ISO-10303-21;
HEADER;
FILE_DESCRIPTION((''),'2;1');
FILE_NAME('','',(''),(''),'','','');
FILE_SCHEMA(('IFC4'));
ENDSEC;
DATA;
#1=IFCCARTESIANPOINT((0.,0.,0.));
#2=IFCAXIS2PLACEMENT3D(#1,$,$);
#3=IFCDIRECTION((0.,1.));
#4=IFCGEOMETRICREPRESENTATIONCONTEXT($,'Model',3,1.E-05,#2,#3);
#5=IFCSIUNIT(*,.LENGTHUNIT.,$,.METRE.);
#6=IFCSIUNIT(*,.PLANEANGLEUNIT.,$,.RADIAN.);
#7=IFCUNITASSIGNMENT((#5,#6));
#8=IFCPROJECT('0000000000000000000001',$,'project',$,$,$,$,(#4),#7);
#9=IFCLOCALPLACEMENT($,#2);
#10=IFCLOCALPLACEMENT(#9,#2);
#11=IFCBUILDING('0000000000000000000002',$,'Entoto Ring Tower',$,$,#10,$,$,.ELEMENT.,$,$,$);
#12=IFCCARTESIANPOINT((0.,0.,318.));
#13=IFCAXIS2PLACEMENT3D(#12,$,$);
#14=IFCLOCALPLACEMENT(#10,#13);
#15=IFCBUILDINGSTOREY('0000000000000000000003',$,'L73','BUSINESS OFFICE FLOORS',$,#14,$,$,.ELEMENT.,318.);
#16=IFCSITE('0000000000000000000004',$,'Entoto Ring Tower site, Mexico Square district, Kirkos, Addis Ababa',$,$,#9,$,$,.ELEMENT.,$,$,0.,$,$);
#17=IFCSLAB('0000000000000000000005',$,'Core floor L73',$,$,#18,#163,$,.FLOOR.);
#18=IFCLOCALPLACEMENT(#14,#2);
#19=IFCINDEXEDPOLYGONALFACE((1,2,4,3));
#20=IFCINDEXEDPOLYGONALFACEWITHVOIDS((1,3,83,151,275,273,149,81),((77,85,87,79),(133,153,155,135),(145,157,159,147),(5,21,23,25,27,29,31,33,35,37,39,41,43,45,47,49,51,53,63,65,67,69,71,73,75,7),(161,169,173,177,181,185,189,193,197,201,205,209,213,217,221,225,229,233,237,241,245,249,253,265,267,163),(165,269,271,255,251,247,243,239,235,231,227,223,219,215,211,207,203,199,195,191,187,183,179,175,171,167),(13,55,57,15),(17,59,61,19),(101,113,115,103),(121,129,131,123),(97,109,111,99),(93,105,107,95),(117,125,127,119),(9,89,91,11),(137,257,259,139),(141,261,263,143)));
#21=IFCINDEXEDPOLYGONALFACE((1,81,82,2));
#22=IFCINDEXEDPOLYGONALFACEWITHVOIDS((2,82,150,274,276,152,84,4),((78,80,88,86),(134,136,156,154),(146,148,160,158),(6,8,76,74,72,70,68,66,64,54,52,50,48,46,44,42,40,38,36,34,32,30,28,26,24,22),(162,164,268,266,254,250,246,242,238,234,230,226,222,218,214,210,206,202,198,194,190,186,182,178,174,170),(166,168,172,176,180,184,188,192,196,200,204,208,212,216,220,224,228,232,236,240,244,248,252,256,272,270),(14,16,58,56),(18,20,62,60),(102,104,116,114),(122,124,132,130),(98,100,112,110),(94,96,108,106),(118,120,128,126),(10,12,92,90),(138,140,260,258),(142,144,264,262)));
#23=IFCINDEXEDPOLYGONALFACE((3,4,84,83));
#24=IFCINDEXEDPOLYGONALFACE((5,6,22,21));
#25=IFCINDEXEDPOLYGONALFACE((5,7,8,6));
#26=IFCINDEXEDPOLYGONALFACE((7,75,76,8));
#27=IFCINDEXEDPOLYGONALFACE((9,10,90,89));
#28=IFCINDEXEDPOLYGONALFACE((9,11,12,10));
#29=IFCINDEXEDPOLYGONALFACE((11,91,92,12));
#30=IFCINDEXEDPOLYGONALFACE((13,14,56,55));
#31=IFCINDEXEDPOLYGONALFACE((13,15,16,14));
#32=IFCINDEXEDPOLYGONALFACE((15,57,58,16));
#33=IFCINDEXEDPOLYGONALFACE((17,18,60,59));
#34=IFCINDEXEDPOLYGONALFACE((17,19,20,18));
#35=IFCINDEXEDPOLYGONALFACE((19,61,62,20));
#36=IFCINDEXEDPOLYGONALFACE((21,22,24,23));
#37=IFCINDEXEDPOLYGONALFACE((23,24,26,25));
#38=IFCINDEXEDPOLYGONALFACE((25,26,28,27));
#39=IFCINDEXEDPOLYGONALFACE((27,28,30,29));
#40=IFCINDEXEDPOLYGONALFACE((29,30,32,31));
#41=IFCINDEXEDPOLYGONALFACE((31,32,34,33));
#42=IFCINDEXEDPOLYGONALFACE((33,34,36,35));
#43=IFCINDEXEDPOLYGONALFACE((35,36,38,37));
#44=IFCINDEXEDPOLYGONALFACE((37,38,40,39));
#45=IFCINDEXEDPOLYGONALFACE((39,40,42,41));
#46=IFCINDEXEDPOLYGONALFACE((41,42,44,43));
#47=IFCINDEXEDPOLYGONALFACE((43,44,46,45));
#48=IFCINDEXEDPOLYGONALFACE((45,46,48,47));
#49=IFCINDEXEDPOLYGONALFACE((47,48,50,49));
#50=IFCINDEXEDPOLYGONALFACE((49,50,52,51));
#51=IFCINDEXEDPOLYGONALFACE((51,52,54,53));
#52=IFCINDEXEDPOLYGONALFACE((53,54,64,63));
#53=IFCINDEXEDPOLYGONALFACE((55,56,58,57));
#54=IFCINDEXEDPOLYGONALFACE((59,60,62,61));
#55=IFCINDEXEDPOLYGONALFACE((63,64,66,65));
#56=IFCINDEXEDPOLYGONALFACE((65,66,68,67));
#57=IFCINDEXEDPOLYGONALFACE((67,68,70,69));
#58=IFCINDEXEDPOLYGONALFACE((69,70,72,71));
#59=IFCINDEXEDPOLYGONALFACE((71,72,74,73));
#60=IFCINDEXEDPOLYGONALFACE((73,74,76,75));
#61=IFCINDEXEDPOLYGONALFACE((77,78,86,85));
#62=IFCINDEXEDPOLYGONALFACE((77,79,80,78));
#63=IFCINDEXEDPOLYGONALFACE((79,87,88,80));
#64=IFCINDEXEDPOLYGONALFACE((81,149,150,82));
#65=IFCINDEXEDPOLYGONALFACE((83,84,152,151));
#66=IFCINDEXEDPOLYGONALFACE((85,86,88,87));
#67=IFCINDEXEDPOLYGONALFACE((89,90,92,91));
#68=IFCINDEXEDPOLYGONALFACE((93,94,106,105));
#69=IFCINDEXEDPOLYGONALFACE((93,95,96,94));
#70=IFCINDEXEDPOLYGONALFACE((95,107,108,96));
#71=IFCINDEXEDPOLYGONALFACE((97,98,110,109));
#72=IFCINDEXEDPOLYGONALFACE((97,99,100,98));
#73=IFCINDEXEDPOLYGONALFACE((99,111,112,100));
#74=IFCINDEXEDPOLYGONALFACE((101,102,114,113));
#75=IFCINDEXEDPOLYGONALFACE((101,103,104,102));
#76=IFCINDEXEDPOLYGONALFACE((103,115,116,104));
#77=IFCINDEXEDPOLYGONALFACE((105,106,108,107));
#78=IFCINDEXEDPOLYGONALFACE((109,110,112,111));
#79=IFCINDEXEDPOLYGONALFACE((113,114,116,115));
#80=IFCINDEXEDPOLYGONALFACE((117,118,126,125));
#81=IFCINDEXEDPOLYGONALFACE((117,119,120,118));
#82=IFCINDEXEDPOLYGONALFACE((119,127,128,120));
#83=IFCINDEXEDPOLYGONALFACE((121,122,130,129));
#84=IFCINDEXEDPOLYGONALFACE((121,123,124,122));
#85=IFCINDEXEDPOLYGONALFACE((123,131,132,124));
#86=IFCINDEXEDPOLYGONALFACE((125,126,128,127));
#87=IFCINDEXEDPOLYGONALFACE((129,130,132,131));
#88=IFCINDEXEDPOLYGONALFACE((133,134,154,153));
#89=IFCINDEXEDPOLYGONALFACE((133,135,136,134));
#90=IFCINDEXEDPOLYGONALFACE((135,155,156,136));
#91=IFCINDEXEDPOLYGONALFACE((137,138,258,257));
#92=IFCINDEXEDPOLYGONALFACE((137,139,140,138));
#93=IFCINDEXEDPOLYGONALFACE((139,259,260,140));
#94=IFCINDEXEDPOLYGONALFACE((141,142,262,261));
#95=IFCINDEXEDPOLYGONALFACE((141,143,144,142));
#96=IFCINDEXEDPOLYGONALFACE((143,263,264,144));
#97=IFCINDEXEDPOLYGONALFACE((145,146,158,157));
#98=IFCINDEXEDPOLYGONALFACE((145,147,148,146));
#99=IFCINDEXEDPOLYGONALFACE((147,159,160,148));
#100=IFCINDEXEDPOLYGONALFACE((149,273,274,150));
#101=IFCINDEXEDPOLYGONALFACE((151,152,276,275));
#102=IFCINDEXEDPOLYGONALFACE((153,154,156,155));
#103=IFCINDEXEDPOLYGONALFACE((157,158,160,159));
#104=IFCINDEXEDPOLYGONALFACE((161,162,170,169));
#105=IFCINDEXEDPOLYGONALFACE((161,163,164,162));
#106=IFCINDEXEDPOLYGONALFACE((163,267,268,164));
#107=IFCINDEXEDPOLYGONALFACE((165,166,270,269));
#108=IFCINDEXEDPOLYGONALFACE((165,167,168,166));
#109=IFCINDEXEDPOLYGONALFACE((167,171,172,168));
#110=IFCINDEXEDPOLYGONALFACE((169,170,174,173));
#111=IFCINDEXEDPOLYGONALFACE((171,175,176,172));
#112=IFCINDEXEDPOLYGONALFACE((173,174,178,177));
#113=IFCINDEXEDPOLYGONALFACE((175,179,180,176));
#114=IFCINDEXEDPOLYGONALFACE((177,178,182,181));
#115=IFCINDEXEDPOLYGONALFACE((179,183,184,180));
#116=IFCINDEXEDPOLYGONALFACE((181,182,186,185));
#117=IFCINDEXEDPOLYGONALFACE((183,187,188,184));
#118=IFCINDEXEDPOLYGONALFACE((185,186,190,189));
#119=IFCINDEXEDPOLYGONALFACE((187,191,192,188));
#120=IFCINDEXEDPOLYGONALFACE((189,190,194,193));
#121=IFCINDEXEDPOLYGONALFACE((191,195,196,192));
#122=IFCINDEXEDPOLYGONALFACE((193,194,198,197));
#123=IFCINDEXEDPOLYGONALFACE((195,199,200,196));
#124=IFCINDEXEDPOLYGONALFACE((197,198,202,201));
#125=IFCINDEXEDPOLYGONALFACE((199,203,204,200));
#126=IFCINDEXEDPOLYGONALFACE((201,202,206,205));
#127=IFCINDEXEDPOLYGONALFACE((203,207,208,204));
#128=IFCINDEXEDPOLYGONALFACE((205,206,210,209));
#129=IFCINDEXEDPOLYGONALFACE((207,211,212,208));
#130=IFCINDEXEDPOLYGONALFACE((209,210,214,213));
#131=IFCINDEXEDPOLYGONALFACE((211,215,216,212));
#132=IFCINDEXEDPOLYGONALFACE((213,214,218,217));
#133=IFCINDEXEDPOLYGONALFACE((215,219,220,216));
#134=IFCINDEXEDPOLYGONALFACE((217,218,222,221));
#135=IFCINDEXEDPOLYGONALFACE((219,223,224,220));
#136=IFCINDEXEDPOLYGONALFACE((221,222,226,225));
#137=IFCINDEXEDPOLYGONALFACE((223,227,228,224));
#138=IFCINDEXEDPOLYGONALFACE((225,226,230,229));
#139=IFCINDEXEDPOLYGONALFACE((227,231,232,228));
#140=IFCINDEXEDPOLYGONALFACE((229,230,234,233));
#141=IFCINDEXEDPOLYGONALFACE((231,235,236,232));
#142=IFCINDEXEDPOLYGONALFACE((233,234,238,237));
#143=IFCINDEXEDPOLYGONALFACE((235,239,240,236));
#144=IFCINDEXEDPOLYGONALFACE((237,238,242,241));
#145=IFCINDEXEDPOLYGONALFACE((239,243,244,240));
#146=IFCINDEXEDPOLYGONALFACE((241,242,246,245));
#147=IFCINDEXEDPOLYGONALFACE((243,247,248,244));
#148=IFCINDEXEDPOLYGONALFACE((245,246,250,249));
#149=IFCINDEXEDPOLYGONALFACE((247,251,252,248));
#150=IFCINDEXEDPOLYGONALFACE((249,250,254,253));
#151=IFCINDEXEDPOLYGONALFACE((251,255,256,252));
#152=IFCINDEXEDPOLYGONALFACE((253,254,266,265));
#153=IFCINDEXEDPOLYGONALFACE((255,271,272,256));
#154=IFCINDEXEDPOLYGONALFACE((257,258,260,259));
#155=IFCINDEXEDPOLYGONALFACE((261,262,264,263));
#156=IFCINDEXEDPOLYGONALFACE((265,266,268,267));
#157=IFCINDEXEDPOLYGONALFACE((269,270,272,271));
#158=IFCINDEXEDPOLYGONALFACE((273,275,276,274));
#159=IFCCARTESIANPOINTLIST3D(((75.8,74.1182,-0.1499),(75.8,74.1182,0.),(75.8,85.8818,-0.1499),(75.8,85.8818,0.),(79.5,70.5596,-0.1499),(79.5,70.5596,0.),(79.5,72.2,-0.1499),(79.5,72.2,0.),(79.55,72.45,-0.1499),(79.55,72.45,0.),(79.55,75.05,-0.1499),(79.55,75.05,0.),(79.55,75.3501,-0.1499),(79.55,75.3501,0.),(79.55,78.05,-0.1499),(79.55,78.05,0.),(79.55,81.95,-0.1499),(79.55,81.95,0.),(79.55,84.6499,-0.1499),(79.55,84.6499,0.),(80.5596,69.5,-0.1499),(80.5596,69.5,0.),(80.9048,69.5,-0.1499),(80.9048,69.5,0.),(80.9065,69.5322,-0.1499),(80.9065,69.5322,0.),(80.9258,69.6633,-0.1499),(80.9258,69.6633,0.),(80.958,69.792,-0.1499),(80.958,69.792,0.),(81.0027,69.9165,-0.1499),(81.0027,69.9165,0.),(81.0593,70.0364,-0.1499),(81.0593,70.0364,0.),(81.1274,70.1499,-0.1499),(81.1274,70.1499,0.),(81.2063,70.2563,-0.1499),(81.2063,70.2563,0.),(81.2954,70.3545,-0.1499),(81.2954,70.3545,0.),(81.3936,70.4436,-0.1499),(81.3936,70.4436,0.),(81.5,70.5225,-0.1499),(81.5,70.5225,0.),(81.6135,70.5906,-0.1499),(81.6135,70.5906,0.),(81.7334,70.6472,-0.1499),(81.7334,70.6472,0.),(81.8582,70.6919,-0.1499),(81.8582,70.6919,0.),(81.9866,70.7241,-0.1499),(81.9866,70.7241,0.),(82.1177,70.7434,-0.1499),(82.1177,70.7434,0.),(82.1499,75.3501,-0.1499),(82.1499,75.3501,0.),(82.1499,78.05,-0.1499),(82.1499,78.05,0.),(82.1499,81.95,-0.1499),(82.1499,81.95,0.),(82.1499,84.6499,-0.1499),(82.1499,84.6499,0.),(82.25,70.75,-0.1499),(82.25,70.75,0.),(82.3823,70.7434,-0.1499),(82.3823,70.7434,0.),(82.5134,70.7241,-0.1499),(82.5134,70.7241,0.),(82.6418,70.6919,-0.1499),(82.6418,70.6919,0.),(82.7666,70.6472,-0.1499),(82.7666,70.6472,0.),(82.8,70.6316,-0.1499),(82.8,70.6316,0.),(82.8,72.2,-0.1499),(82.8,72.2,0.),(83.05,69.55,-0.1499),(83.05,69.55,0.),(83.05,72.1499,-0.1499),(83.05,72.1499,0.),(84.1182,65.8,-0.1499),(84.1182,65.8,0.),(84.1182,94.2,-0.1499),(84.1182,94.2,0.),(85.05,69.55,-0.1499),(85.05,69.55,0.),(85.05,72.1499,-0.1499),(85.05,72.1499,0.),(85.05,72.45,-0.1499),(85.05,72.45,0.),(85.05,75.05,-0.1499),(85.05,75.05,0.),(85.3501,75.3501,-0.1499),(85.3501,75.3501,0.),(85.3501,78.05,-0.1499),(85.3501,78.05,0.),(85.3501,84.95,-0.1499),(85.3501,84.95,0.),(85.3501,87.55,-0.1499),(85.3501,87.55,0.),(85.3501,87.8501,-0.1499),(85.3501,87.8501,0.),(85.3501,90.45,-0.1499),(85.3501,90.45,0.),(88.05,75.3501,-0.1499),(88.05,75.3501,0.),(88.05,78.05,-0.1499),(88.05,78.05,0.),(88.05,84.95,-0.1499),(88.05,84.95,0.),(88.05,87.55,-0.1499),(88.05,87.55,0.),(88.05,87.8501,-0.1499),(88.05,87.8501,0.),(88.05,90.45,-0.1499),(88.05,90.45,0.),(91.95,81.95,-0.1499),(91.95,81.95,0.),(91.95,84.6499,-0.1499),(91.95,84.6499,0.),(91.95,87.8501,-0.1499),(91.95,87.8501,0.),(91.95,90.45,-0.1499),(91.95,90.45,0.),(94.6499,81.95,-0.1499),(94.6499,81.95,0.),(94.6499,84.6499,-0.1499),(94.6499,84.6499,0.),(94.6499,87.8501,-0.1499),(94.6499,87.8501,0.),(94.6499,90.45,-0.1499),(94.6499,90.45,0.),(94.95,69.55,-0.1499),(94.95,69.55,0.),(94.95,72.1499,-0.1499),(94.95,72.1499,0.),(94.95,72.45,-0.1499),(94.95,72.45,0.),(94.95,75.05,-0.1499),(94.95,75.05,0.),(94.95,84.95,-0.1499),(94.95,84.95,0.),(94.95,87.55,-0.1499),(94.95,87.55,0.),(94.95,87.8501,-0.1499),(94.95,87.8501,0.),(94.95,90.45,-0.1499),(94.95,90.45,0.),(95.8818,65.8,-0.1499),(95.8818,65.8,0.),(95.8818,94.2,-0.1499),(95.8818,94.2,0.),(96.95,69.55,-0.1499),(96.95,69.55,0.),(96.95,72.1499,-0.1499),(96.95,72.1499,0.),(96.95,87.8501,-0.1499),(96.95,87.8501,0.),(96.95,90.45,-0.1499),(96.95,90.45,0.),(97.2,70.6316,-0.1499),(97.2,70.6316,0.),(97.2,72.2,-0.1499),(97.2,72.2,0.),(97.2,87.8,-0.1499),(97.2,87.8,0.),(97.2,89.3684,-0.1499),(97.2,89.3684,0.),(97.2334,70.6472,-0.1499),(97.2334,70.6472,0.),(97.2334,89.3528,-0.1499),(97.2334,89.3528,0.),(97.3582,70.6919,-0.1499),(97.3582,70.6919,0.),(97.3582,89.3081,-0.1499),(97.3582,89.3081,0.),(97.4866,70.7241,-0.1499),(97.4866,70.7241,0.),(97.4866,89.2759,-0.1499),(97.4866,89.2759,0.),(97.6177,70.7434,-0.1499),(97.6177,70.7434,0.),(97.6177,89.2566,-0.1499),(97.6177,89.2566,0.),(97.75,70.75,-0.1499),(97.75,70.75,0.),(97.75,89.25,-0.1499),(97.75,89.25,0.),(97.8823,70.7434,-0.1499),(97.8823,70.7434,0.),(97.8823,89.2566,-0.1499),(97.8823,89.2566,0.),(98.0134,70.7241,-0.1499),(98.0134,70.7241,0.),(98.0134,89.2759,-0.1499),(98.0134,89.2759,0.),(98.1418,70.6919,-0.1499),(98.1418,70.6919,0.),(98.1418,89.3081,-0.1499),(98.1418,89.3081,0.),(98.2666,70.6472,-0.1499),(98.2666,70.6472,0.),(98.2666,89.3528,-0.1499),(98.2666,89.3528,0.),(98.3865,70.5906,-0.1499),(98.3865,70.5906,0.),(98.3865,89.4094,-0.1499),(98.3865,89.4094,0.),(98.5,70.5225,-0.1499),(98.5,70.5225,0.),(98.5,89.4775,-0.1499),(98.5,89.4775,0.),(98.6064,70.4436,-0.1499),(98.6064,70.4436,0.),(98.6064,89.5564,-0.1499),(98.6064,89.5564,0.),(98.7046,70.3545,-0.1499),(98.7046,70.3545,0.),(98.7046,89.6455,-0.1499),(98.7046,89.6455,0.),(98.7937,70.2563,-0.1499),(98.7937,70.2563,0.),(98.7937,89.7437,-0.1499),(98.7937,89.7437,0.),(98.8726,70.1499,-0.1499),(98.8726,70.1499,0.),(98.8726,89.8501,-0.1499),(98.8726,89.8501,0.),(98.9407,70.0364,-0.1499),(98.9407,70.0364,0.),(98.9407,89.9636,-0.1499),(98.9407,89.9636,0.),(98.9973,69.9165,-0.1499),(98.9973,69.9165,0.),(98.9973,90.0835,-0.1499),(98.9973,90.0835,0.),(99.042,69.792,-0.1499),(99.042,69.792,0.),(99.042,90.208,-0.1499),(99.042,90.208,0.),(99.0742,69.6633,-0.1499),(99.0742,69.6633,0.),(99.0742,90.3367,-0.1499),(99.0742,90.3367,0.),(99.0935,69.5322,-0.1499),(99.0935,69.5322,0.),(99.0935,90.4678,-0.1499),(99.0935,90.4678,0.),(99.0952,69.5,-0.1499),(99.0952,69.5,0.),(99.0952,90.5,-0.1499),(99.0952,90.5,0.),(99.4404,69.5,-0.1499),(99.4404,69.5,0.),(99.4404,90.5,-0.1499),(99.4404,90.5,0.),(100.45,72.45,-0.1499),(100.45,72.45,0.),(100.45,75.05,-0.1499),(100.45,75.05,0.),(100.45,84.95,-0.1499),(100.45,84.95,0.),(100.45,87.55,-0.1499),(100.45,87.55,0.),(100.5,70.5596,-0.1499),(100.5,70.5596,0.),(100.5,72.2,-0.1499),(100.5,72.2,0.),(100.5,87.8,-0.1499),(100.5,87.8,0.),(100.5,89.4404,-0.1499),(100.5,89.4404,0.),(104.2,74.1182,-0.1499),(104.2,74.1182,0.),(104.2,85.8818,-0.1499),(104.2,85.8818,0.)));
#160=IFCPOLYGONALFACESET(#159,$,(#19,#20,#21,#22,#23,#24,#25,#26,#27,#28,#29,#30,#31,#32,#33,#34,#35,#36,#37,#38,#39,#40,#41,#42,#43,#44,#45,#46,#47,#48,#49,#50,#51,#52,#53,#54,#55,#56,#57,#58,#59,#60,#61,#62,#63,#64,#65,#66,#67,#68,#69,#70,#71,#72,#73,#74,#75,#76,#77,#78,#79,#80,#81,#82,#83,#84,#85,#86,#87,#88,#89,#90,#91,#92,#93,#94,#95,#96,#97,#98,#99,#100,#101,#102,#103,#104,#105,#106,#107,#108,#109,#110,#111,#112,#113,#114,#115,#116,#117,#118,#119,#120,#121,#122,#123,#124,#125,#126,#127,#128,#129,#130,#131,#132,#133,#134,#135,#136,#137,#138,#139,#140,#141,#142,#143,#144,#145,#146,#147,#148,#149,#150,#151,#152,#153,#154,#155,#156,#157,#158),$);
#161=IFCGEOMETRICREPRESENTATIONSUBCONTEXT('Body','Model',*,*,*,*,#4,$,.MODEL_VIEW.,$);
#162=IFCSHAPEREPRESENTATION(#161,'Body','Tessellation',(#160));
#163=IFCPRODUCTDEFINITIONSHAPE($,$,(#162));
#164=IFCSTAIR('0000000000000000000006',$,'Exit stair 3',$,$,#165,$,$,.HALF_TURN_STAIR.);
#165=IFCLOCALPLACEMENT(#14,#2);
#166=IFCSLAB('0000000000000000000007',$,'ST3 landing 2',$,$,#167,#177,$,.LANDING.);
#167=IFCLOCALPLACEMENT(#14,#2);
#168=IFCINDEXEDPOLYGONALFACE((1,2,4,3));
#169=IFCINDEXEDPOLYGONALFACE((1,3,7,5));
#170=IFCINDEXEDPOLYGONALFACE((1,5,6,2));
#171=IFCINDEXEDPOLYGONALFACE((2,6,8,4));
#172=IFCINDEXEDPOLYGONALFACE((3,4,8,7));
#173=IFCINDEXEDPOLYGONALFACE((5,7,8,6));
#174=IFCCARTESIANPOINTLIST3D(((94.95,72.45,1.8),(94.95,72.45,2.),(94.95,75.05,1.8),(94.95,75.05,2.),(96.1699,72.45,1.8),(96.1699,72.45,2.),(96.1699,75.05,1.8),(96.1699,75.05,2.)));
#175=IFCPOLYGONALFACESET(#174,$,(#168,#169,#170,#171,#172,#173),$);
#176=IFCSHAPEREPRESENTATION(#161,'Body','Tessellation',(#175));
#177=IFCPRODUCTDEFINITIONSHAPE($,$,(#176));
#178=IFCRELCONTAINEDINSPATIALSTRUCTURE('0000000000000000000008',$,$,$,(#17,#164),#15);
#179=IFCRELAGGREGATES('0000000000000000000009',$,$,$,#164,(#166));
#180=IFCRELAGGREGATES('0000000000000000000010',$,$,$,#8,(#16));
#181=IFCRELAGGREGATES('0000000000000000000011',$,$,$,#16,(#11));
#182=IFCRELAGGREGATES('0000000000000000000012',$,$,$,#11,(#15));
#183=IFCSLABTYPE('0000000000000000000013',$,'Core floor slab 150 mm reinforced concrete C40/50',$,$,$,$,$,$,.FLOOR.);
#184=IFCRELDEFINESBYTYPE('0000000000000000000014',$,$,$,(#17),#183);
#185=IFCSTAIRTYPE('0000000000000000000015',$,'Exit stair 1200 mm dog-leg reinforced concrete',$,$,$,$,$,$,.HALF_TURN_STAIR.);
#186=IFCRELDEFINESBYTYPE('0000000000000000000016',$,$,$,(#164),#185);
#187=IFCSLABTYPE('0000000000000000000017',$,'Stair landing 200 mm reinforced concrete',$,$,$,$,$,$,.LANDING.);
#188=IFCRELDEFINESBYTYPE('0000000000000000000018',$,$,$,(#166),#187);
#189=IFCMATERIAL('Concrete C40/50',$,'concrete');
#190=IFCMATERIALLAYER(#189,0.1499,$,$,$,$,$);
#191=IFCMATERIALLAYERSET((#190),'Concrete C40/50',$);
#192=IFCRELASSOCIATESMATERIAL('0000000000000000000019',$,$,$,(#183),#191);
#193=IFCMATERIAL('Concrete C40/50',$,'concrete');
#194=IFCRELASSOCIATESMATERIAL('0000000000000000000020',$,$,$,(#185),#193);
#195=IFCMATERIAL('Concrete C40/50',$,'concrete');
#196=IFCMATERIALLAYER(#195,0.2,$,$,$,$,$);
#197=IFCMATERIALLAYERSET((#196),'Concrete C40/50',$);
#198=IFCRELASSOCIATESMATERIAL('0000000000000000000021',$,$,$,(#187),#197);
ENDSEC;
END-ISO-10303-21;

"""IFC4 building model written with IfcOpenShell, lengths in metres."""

from ifc_helpers import new_model, si_unit, direction, frame, origin, place, context, subcontext, project, spatial, polyline, outline, extrude, material, layer, layer_set, type_object, element, aggregate, save


model = new_model("IFC4")

# Units and contexts
model_context = context("Model", 3, precision=1e-05, world=origin(), true_north=direction((0.0, 1.0)))
body_context = subcontext(model_context, "Body", "Model", "MODEL_VIEW")
ifc_project = project(units=[si_unit("LENGTHUNIT", "METRE"), si_unit("PLANEANGLEUNIT", "RADIAN")], contexts=[model_context])

# Site, building, storey
site_placement = place(None, origin())
site = spatial("IfcSite", under=ifc_project, at=site_placement, Name="Entoto Ring Tower site, Mexico Square district, Kirkos, Addis Ababa", CompositionType="ELEMENT", RefElevation=0.0)
building_placement = place(site_placement, origin())
building = spatial("IfcBuilding", under=site, at=building_placement, Name="Entoto Ring Tower", CompositionType="ELEMENT")
storey_placement = place(building_placement, frame((0.0, 0.0, 318.0)))
storey = spatial("IfcBuildingStorey", under=building, at=storey_placement, Name="L73", Description="BUSINESS OFFICE FLOORS", CompositionType="ELEMENT", Elevation=318.0)

# Slab
ifc_material_1 = material(Name="Concrete C40/50", Category="concrete")
ifc_layer_1 = layer(ifc_material_1, 0.1499)
ifc_layer_set_1 = layer_set([ifc_layer_1], Name="Concrete C40/50")
slab_type_1 = type_object("IfcSlabType", Name="Core floor slab 150 mm reinforced concrete C40/50", PredefinedType="FLOOR", material=ifc_layer_set_1)
slab_1_placement = place(storey_placement, frame((0.0, 0.0, -0.1499)))
element("IfcSlab", 1, at=slab_1_placement, inside=storey, type_object=slab_type_1, Name="Core floor L73", PredefinedType="FLOOR", context=body_context, shape_type="SweptSolid", body=[
    extrude(outline(polyline([(104.2, 74.1182), (104.2, 85.8818), (95.8818, 94.2), (84.1182, 94.2), (75.8, 85.8818), (75.8, 74.1182), (84.1182, 65.8), (95.8818, 65.8), (104.2, 74.1182)]), holes=[polyline([(100.45, 84.95), (100.45, 87.55), (94.95, 87.55), (94.95, 84.95), (100.45, 84.95)]), polyline([(85.05, 72.45), (85.05, 75.05), (79.55, 75.05), (79.55, 72.45), (85.05, 72.45)]), polyline([(100.45, 72.45), (100.45, 75.05), (94.95, 75.05), (94.95, 72.45), (100.45, 72.45)]), polyline([(94.95, 90.45), (94.95, 87.8501), (96.95, 87.8501), (96.95, 90.45), (94.95, 90.45)]), polyline([(94.95, 72.1499), (94.95, 69.55), (96.95, 69.55), (96.95, 72.1499), (94.95, 72.1499)]), polyline([(83.05, 72.1499), (83.05, 69.55), (85.05, 69.55), (85.05, 72.1499), (83.05, 72.1499)]), polyline([(79.55, 81.95), (82.1499, 81.95), (82.1499, 84.6499), (79.55, 84.6499), (79.55, 81.95)]), polyline([(79.55, 75.3501), (82.1499, 75.3501), (82.1499, 78.05), (79.55, 78.05), (79.55, 75.3501)]), polyline([(91.95, 87.8501), (94.6499, 87.8501), (94.6499, 90.45), (91.95, 90.45), (91.95, 87.8501)]), polyline([(91.95, 81.95), (94.6499, 81.95), (94.6499, 84.6499), (91.95, 84.6499), (91.95, 81.95)]), polyline([(85.3501, 75.3501), (88.05, 75.3501), (88.05, 78.05), (85.3501, 78.05), (85.3501, 75.3501)]), polyline([(85.3501, 84.95), (88.05, 84.95), (88.05, 87.55), (85.3501, 87.55), (85.3501, 84.95)]), polyline([(85.3501, 87.8501), (88.05, 87.8501), (88.05, 90.45), (85.3501, 90.45), (85.3501, 87.8501)]), polyline([(97.2, 89.3684), (97.2, 87.8), (100.5, 87.8), (100.5, 89.4404), (99.4404, 90.5), (99.0952, 90.5), (99.0935, 90.4678), (99.0742, 90.3367), (99.042, 90.208), (98.9973, 90.0835), (98.9407, 89.9636), (98.8726, 89.8501), (98.7937, 89.7437), (98.7046, 89.6455), (98.6064, 89.5564), (98.5, 89.4775), (98.3865, 89.4094), (98.2666, 89.3528), (98.1418, 89.3081), (98.0134, 89.2759), (97.8823, 89.2566), (97.75, 89.25), (97.6177, 89.2566), (97.4866, 89.2759), (97.3582, 89.3081), (97.2334, 89.3528), (97.2, 89.3684)]), polyline([(80.5596, 69.5), (80.9048, 69.5), (80.9065, 69.5322), (80.9258, 69.6633), (80.958, 69.792), (81.0027, 69.9165), (81.0593, 70.0364), (81.1274, 70.1499), (81.2063, 70.2563), (81.2954, 70.3545), (81.3936, 70.4436), (81.5, 70.5225), (81.6135, 70.5906), (81.7334, 70.6472), (81.8582, 70.6919), (81.9866, 70.7241), (82.1177, 70.7434), (82.25, 70.75), (82.3823, 70.7434), (82.5134, 70.7241), (82.6418, 70.6919), (82.7666, 70.6472), (82.8, 70.6316), (82.8, 72.2), (79.5, 72.2), (79.5, 70.5596), (80.5596, 69.5)]), polyline([(99.0952, 69.5), (99.4404, 69.5), (100.5, 70.5596), (100.5, 72.2), (97.2, 72.2), (97.2, 70.6316), (97.2334, 70.6472), (97.3582, 70.6919), (97.4866, 70.7241), (97.6177, 70.7434), (97.75, 70.75), (97.8823, 70.7434), (98.0134, 70.7241), (98.1418, 70.6919), (98.2666, 70.6472), (98.3865, 70.5906), (98.5, 70.5225), (98.6064, 70.4436), (98.7046, 70.3545), (98.7937, 70.2563), (98.8726, 70.1499), (98.9407, 70.0364), (98.9973, 69.9165), (99.042, 69.792), (99.0742, 69.6633), (99.0935, 69.5322), (99.0952, 69.5)])]), origin(), (0.0, 0.0, 1.0), 0.1499),
])

# Stair, slab
ifc_material_2 = material(Name="Concrete C40/50", Category="concrete")
stair_type = type_object("IfcStairType", Name="Exit stair 1200 mm dog-leg reinforced concrete", PredefinedType="HALF_TURN_STAIR", material=ifc_material_2)
stair_1_placement = place(storey_placement, origin())
stair_1 = element("IfcStair", 2, at=stair_1_placement, inside=storey, type_object=stair_type, Name="Exit stair 3", PredefinedType="HALF_TURN_STAIR")
ifc_material_3 = material(Name="Concrete C40/50", Category="concrete")
ifc_layer_2 = layer(ifc_material_3, 0.2)
ifc_layer_set_2 = layer_set([ifc_layer_2], Name="Concrete C40/50")
slab_type_2 = type_object("IfcSlabType", Name="Stair landing 200 mm reinforced concrete", PredefinedType="LANDING", material=ifc_layer_set_2)
slab_2_placement = place(storey_placement, frame((0.0, 0.0, 1.8)))
slab_2 = element("IfcSlab", 3, at=slab_2_placement, type_object=slab_type_2, Name="ST3 landing 2", PredefinedType="LANDING", context=body_context, shape_type="SweptSolid", body=[
    extrude(outline(polyline([(94.95, 72.45), (96.1699, 72.45), (96.1699, 75.05), (94.95, 75.05), (94.95, 72.45)])), origin(), (0.0, 0.0, 1.0), 0.2),
])
aggregate(stair_1, [slab_2])

save(model, "model.ifc")
